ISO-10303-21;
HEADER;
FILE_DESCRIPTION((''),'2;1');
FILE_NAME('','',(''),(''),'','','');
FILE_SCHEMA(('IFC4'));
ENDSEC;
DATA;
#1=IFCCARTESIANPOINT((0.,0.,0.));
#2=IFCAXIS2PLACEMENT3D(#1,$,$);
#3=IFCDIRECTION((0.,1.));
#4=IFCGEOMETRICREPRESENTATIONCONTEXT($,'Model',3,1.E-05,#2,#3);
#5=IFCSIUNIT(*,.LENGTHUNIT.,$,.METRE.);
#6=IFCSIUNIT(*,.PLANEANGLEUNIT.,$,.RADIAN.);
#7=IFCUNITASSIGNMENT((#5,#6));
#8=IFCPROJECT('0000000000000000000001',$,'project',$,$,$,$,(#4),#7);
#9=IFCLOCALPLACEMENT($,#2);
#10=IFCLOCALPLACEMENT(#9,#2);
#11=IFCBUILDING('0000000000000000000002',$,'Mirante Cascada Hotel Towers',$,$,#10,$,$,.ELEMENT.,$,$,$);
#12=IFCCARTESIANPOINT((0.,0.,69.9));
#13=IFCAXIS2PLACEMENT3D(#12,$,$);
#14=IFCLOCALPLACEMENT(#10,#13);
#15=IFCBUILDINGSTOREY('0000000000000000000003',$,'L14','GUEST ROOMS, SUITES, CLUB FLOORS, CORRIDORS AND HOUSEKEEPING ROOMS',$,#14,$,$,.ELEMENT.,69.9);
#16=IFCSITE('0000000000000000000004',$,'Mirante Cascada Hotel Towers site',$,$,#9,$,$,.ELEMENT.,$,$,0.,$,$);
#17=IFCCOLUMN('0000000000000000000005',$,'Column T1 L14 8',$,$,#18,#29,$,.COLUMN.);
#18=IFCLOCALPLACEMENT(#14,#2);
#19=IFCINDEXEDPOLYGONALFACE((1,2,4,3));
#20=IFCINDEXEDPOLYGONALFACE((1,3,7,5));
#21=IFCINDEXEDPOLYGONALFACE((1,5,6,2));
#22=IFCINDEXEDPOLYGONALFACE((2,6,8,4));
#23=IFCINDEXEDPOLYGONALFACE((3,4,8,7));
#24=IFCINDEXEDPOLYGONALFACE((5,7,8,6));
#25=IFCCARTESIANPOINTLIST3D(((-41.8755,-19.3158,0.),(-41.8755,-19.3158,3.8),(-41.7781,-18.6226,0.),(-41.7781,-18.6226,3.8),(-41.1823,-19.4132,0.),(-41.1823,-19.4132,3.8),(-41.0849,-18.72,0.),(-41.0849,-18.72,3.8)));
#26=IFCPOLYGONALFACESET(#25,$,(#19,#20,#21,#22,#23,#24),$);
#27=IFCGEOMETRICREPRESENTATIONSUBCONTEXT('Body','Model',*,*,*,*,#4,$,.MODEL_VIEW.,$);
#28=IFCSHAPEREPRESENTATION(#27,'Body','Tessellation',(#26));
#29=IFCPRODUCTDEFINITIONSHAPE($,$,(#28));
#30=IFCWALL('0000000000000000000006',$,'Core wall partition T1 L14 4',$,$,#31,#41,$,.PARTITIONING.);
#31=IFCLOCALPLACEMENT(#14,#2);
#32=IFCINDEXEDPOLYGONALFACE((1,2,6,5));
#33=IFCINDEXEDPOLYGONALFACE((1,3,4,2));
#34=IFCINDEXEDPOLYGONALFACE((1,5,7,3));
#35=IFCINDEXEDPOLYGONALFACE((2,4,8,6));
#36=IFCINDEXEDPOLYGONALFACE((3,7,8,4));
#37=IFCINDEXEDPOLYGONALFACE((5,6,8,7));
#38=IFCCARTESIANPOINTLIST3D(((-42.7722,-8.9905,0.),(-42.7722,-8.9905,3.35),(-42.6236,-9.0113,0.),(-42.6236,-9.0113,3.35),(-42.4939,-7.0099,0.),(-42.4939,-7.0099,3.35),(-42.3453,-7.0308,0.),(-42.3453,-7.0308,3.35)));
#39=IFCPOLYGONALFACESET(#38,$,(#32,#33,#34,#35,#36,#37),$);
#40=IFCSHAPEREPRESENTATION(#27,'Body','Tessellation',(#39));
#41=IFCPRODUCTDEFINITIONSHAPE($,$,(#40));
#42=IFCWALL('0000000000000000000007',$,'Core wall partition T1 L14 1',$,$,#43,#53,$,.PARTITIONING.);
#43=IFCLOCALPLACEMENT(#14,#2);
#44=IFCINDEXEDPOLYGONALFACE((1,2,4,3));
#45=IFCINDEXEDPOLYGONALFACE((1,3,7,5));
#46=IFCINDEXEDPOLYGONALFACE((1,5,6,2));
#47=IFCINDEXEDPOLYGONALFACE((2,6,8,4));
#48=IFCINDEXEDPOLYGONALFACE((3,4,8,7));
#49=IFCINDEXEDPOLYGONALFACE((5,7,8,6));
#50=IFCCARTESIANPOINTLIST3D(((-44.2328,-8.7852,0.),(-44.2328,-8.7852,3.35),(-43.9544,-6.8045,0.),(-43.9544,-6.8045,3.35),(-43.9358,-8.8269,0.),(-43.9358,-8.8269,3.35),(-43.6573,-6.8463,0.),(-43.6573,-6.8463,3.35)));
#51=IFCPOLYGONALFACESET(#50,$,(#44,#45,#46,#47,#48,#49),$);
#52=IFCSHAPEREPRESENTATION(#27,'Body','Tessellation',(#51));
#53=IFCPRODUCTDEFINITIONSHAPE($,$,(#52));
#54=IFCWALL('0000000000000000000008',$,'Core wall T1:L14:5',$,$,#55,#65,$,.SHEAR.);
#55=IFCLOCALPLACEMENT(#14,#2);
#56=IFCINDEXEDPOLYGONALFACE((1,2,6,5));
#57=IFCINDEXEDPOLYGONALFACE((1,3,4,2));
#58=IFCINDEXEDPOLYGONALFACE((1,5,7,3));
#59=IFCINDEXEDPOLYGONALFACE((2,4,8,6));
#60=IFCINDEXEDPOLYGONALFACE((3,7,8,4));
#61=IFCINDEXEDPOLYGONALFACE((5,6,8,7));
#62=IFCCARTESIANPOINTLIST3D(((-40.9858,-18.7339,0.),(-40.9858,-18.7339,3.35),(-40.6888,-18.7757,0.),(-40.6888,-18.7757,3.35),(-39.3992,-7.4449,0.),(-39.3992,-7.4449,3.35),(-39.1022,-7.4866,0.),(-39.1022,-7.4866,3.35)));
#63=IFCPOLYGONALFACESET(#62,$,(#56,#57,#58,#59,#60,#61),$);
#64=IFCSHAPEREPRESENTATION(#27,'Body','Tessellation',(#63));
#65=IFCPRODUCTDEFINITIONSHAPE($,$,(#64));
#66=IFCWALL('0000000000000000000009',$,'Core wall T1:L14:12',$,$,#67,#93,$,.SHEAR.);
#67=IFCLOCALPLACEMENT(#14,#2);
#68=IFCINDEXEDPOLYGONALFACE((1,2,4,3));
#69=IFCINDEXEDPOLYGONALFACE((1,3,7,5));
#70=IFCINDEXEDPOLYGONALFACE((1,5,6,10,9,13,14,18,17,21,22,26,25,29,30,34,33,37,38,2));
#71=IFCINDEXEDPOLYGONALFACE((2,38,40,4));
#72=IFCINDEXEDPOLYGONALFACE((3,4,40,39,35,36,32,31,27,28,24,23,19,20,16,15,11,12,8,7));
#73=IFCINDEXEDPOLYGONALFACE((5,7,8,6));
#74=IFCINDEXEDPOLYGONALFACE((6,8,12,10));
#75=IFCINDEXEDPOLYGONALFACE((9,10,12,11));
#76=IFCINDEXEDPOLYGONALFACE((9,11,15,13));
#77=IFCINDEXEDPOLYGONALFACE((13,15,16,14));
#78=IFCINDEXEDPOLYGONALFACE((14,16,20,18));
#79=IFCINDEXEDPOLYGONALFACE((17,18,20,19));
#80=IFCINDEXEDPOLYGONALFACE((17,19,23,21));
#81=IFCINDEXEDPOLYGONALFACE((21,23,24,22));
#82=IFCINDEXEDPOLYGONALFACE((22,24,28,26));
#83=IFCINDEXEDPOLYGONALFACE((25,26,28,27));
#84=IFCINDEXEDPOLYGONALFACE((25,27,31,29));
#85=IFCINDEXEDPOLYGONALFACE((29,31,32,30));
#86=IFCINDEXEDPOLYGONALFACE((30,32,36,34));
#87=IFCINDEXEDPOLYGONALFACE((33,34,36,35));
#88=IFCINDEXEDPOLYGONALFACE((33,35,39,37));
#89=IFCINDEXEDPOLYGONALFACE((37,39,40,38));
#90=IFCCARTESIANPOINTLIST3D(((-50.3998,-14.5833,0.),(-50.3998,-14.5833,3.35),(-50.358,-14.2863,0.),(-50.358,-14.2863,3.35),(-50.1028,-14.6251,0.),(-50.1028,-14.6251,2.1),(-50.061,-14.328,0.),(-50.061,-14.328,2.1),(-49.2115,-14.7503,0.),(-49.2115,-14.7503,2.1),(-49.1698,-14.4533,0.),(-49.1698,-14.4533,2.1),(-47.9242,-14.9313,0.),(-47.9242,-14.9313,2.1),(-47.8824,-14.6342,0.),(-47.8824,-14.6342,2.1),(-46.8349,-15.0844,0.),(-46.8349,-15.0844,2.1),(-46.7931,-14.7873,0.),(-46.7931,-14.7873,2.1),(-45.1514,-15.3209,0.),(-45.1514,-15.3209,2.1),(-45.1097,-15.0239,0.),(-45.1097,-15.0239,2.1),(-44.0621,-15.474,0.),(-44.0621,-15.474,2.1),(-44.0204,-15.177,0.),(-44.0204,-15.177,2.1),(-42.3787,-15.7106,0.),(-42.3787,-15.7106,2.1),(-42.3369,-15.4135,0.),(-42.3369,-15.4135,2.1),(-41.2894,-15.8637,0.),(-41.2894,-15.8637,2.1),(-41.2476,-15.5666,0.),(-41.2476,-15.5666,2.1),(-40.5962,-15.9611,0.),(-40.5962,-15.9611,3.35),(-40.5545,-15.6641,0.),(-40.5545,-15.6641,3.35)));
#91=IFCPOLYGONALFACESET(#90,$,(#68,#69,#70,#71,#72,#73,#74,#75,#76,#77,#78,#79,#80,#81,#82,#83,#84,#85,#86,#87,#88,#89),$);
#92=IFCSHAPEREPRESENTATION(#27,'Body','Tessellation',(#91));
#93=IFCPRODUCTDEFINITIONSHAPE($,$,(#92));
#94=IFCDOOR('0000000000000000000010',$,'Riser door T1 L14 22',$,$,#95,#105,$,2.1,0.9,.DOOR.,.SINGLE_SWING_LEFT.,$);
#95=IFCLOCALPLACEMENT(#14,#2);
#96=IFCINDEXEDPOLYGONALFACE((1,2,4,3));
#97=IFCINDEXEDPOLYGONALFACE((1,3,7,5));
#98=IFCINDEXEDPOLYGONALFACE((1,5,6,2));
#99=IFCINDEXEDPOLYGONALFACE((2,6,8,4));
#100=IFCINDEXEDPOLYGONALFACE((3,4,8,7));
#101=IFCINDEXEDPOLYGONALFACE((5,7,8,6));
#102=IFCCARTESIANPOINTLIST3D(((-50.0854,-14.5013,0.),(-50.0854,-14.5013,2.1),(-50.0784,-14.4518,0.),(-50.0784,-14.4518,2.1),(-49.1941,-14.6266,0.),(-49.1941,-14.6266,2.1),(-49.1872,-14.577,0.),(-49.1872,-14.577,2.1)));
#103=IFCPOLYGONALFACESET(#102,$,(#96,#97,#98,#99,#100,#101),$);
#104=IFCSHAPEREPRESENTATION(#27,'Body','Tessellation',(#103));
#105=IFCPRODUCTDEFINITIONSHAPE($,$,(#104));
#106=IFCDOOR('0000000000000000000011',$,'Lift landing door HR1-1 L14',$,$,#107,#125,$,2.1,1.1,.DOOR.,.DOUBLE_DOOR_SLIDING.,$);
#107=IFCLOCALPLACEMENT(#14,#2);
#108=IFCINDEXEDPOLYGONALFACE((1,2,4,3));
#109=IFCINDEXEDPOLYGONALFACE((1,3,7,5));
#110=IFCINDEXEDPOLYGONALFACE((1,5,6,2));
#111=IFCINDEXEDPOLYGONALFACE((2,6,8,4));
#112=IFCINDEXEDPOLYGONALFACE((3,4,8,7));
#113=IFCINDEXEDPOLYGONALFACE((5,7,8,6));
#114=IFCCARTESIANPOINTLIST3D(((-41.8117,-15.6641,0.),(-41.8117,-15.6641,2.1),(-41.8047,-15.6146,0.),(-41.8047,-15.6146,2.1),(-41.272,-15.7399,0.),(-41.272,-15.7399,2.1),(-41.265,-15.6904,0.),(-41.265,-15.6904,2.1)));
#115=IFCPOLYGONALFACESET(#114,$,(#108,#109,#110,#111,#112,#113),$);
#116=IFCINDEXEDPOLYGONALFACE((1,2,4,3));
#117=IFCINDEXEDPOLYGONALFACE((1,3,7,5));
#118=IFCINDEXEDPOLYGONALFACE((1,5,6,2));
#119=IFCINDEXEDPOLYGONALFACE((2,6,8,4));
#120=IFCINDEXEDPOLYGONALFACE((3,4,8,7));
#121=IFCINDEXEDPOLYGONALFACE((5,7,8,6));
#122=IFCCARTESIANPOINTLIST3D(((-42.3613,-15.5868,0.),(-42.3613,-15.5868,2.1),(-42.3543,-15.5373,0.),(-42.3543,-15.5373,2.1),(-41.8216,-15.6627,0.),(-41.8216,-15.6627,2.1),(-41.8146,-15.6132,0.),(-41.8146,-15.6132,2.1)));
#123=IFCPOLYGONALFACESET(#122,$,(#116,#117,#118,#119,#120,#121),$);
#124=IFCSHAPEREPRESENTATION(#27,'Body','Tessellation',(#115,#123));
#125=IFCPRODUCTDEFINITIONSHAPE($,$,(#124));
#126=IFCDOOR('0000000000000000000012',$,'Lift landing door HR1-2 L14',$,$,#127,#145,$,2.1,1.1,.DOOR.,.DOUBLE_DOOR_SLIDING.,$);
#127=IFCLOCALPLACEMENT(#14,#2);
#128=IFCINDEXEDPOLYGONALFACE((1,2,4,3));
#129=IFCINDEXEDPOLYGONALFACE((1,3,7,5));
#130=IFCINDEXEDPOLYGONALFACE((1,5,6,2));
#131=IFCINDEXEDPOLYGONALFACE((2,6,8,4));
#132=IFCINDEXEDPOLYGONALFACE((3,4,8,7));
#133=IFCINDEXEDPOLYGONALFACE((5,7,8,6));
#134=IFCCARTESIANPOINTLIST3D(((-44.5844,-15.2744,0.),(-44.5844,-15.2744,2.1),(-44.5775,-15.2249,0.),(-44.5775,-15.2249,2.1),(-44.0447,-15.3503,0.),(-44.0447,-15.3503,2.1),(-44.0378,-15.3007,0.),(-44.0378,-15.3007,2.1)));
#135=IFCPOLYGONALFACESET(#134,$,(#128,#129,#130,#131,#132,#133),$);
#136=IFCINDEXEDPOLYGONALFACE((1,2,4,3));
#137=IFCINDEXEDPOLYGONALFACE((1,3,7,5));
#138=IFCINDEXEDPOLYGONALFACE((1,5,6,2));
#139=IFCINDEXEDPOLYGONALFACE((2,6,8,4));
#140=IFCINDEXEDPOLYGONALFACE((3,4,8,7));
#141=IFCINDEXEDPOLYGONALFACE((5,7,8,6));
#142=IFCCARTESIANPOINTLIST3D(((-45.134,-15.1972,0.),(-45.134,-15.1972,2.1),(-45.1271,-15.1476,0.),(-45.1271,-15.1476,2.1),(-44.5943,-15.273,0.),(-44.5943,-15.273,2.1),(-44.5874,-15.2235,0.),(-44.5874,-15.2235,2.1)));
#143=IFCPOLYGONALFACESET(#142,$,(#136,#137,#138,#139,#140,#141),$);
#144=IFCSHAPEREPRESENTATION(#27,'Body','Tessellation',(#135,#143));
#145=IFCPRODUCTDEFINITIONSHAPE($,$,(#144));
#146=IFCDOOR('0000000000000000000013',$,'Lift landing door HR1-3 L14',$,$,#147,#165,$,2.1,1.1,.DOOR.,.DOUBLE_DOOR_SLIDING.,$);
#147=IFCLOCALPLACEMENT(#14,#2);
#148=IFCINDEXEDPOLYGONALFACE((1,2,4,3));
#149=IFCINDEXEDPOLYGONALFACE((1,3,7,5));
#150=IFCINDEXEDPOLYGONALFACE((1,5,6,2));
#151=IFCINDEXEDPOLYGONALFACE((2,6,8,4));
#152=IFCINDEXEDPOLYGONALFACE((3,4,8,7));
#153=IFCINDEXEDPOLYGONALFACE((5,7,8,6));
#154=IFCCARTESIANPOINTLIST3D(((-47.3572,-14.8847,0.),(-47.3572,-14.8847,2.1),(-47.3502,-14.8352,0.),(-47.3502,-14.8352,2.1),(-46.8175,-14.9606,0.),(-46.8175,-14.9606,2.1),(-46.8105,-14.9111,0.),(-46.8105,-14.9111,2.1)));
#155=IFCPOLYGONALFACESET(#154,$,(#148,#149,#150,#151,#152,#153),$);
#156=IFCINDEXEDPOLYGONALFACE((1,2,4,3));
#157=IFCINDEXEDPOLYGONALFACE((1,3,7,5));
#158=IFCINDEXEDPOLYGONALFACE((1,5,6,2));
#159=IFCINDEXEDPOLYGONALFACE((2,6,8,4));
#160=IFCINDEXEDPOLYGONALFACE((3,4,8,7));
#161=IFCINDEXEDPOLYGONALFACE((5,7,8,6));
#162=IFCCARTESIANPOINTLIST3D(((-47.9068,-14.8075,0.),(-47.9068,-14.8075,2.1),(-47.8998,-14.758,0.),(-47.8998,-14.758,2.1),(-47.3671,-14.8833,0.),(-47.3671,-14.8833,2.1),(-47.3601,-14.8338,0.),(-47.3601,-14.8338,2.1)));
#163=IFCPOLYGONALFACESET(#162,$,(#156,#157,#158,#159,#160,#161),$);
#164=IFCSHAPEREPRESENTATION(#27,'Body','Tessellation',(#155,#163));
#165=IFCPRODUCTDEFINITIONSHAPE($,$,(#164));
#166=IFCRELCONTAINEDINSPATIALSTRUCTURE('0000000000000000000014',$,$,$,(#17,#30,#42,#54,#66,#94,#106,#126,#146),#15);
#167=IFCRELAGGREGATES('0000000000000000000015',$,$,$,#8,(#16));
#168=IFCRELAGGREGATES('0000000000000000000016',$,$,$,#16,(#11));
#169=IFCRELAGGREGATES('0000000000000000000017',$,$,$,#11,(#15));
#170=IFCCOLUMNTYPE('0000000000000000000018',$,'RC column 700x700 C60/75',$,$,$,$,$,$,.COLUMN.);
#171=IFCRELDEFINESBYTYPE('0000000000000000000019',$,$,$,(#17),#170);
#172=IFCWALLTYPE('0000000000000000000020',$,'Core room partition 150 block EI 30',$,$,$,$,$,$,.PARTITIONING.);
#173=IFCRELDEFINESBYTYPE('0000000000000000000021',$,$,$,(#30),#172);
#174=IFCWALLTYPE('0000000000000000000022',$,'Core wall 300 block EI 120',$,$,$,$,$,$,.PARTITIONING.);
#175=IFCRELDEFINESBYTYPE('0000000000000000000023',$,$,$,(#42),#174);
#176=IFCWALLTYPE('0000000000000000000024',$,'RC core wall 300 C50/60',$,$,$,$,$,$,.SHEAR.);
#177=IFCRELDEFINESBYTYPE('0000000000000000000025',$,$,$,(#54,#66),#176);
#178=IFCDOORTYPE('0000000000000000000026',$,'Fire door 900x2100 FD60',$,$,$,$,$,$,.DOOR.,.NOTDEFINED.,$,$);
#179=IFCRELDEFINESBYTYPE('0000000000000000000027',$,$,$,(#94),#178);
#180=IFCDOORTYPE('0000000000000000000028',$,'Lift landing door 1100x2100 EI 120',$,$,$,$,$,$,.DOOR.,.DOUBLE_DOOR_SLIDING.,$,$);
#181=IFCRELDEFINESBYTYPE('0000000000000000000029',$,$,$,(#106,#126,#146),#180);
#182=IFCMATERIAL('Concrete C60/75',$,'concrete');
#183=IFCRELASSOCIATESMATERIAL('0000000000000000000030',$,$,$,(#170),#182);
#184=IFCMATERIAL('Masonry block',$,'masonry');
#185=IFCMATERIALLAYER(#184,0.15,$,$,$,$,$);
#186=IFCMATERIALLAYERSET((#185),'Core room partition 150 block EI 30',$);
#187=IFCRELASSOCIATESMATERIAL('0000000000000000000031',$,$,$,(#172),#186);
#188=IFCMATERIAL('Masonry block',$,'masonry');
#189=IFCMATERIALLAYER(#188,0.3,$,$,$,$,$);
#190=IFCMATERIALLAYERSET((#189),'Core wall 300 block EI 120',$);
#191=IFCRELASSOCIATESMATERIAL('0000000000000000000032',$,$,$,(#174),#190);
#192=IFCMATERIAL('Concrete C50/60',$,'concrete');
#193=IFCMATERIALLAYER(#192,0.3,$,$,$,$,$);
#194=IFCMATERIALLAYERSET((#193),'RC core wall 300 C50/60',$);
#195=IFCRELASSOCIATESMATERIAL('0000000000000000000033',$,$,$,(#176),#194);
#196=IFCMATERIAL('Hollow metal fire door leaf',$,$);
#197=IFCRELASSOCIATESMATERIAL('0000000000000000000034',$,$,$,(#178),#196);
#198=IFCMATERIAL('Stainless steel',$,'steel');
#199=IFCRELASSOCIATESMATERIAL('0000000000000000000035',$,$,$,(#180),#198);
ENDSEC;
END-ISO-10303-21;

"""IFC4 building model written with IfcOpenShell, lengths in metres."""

from ifc_helpers import new_model, si_unit, direction, frame, frame_2d, origin, origin_2d, place, context, subcontext, project, spatial, rectangle, extrude, material, layer, layer_set, material_profile, profile_set, type_object, element, fill, save


model = new_model("IFC4")

# Units and contexts
model_context = context("Model", 3, precision=1e-05, world=origin(), true_north=direction((0.0, 1.0)))
body_context = subcontext(model_context, "Body", "Model", "MODEL_VIEW")
ifc_project = project(units=[si_unit("LENGTHUNIT", "METRE"), si_unit("PLANEANGLEUNIT", "RADIAN")], contexts=[model_context])

# Site, building, storey
site_placement = place(None, origin())
site = spatial("IfcSite", under=ifc_project, at=site_placement, Name="Mirante Cascada Hotel Towers site", CompositionType="ELEMENT", RefElevation=0.0)
building_placement = place(site_placement, origin())
building = spatial("IfcBuilding", under=site, at=building_placement, Name="Mirante Cascada Hotel Towers", CompositionType="ELEMENT")
storey_placement = place(building_placement, frame((0.0, 0.0, 69.9)))
storey = spatial("IfcBuildingStorey", under=building, at=storey_placement, Name="L14", Description="GUEST ROOMS, SUITES, CLUB FLOORS, CORRIDORS AND HOUSEKEEPING ROOMS", CompositionType="ELEMENT", Elevation=69.9)

# Column
ifc_material_1 = material(Name="Concrete C60/75", Category="concrete")
ifc_material_profile = material_profile(ifc_material_1, rectangle(XDim=0.7, YDim=0.7, at=origin_2d()), Name="RC column 700x700 C60/75")
ifc_profile_set = profile_set([ifc_material_profile], Name="Concrete C60/75")
column_type = type_object("IfcColumnType", Name="RC column 700x700 C60/75", PredefinedType="COLUMN", material=ifc_profile_set)
column_placement = place(storey_placement, frame((-41.4802, -19.0179, 0.0), z_axis=(0.0, 0.0, 1.0), x_axis=(-0.990268, 0.139173, 0.0)))
element("IfcColumn", 1, at=column_placement, inside=storey, type_object=column_type, Name="Column T1 L14 8", PredefinedType="COLUMN", context=body_context, shape_type="SweptSolid", body=[
    extrude(rectangle(XDim=0.7, YDim=0.7, at=origin_2d()), origin(), (0.0, 0.0, 1.0), 3.8),
])

# Walls
ifc_material_2 = material(Name="Masonry block", Category="masonry")
ifc_layer_1 = layer(ifc_material_2, 0.15)
ifc_layer_set_1 = layer_set([ifc_layer_1], Name="Core room partition 150 block EI 30")
wall_type_1 = type_object("IfcWallType", Name="Core room partition 150 block EI 30", PredefinedType="PARTITIONING", material=ifc_layer_set_1)
wall_1_placement = place(storey_placement, frame((-42.6979, -9.0009, 0.0), z_axis=(0.0, 0.0, 1.0), x_axis=(0.139153, 0.990271, 0.0)))
element("IfcWall", 2, at=wall_1_placement, inside=storey, type_object=wall_type_1, Name="Core wall partition T1 L14 4", PredefinedType="PARTITIONING", context=body_context, shape_type="SweptSolid", body=[
    extrude(rectangle(XDim=2.0, YDim=0.15, at=frame_2d((1.0, 0.0))), origin(), (0.0, 0.0, 1.0), 3.35),
])
ifc_material_3 = material(Name="Masonry block", Category="masonry")
ifc_layer_2 = layer(ifc_material_3, 0.3)
ifc_layer_set_2 = layer_set([ifc_layer_2], Name="Core wall 300 block EI 120")
wall_type_2 = type_object("IfcWallType", Name="Core wall 300 block EI 120", PredefinedType="PARTITIONING", material=ifc_layer_set_2)
wall_2_placement = place(storey_placement, frame((-44.0843, -8.8061, 0.0), z_axis=(0.0, 0.0, 1.0), x_axis=(0.139195, 0.990265, 0.0)))
element("IfcWall", 3, at=wall_2_placement, inside=storey, type_object=wall_type_2, Name="Core wall partition T1 L14 1", PredefinedType="PARTITIONING", context=body_context, shape_type="SweptSolid", body=[
    extrude(rectangle(XDim=2.0001, YDim=0.3, at=frame_2d((1.0001, 0.0))), origin(), (0.0, 0.0, 1.0), 3.35),
])
ifc_material_4 = material(Name="Concrete C50/60", Category="concrete")
ifc_layer_3 = layer(ifc_material_4, 0.3)
ifc_layer_set_3 = layer_set([ifc_layer_3], Name="RC core wall 300 C50/60")
wall_type_3 = type_object("IfcWallType", Name="RC core wall 300 C50/60", PredefinedType="SHEAR", material=ifc_layer_set_3)
wall_3_placement = place(storey_placement, frame((-40.8373, -18.7548, 0.0), z_axis=(0.0, 0.0, 1.0), x_axis=(0.139175, 0.990268, 0.0)))
element("IfcWall", 4, at=wall_3_placement, inside=storey, type_object=wall_type_3, Name="Core wall T1:L14:5", PredefinedType="SHEAR", context=body_context, shape_type="SweptSolid", body=[
    extrude(rectangle(XDim=11.4, YDim=0.3, at=frame_2d((5.7, 0.0))), origin(), (0.0, 0.0, 1.0), 3.35),
])

# Wall, openings, doors
wall_4_placement = place(storey_placement, frame((-40.5753, -15.8126, 0.0), z_axis=(0.0, 0.0, 1.0), x_axis=(-0.990268, 0.139173, 0.0)))
wall_4 = element("IfcWall", 5, at=wall_4_placement, inside=storey, type_object=wall_type_3, Name="Core wall T1:L14:12", PredefinedType="SHEAR", context=body_context, shape_type="SweptSolid", body=[
    extrude(rectangle(XDim=9.8999, YDim=0.3, at=frame_2d((4.95, 0.0))), origin(), (0.0, 0.0, 1.0), 3.35),
])
opening_1_placement = place(wall_4_placement, frame((0.7, 0.0, 0.0)))
opening_1 = element("IfcOpeningElement", 6, at=opening_1_placement, cuts=wall_4, PredefinedType="OPENING", context=body_context, shape_type="SweptSolid", body=[
    extrude(rectangle(XDim=1.1, YDim=2.1, at=frame_2d((0.55, 1.05))), frame((0.0, 0.15, 0.0), z_axis=(0.0, -1.0, 0.0), x_axis=(1.0, 0.0, 0.0)), (0.0, 0.0, 1.0), 0.3),
])
opening_2_placement = place(wall_4_placement, frame((3.5, 0.0, 0.0)))
opening_2 = element("IfcOpeningElement", 7, at=opening_2_placement, cuts=wall_4, PredefinedType="OPENING", context=body_context, shape_type="SweptSolid", body=[
    extrude(rectangle(XDim=1.1, YDim=2.1, at=frame_2d((0.55, 1.05))), frame((0.0, 0.15, 0.0), z_axis=(0.0, -1.0, 0.0), x_axis=(1.0, 0.0, 0.0)), (0.0, 0.0, 1.0), 0.3),
])
opening_3_placement = place(wall_4_placement, frame((6.3, 0.0, 0.0)))
opening_3 = element("IfcOpeningElement", 8, at=opening_3_placement, cuts=wall_4, PredefinedType="OPENING", context=body_context, shape_type="SweptSolid", body=[
    extrude(rectangle(XDim=1.1, YDim=2.1, at=frame_2d((0.55, 1.05))), frame((0.0, 0.15, 0.0), z_axis=(0.0, -1.0, 0.0), x_axis=(1.0, 0.0, 0.0)), (0.0, 0.0, 1.0), 0.3),
])
opening_4_placement = place(wall_4_placement, frame((8.7, 0.0, 0.0)))
opening_4 = element("IfcOpeningElement", 9, at=opening_4_placement, cuts=wall_4, PredefinedType="OPENING", context=body_context, shape_type="SweptSolid", body=[
    extrude(rectangle(XDim=0.9, YDim=2.1, at=frame_2d((0.45, 1.05))), frame((0.0, 0.15, 0.0), z_axis=(0.0, -1.0, 0.0), x_axis=(1.0, 0.0, 0.0)), (0.0, 0.0, 1.0), 0.3),
])
ifc_material_5 = material(Name="Hollow metal fire door leaf")
door_type_1 = type_object("IfcDoorType", Name="Fire door 900x2100 FD60", OperationType="NOTDEFINED", PredefinedType="DOOR", material=ifc_material_5)
door_1_placement = place(opening_4_placement, origin())
door_1 = element("IfcDoor", 10, at=door_1_placement, inside=storey, type_object=door_type_1, Name="Riser door T1 L14 22", OperationType="SINGLE_SWING_LEFT", OverallHeight=2.1, OverallWidth=0.9, PredefinedType="DOOR", context=body_context, shape_type="SweptSolid", body=[
    extrude(rectangle(XDim=0.9, YDim=2.1, at=frame_2d((0.45, 1.05))), frame((0.0, 0.025, 0.0), z_axis=(0.0, -1.0, 0.0), x_axis=(1.0, 0.0, 0.0)), (0.0, 0.0, 1.0), 0.05),
])
fill(opening_4, door_1)
ifc_material_6 = material(Name="Stainless steel", Category="steel")
door_type_2 = type_object("IfcDoorType", Name="Lift landing door 1100x2100 EI 120", OperationType="DOUBLE_DOOR_SLIDING", PredefinedType="DOOR", material=ifc_material_6)
door_2_placement = place(opening_1_placement, origin())
door_2 = element("IfcDoor", 11, at=door_2_placement, inside=storey, type_object=door_type_2, Name="Lift landing door HR1-1 L14", OperationType="DOUBLE_DOOR_SLIDING", OverallHeight=2.1, OverallWidth=1.1, PredefinedType="DOOR", context=body_context, shape_type="SweptSolid", body=[
    extrude(rectangle(XDim=0.545, YDim=2.1, at=frame_2d((0.2725, 1.05))), frame((0.0, 0.025, 0.0), z_axis=(0.0, -1.0, 0.0), x_axis=(1.0, 0.0, 0.0)), (0.0, 0.0, 1.0), 0.05),
    extrude(rectangle(XDim=0.545, YDim=2.1, at=frame_2d((0.8275, 1.05))), frame((0.0, 0.025, 0.0), z_axis=(0.0, -1.0, 0.0), x_axis=(1.0, 0.0, 0.0)), (0.0, 0.0, 1.0), 0.05),
])
fill(opening_1, door_2)
door_3_placement = place(opening_2_placement, origin())
door_3 = element("IfcDoor", 12, at=door_3_placement, inside=storey, type_object=door_type_2, Name="Lift landing door HR1-2 L14", OperationType="DOUBLE_DOOR_SLIDING", OverallHeight=2.1, OverallWidth=1.1, PredefinedType="DOOR", context=body_context, shape_type="SweptSolid", body=[
    extrude(rectangle(XDim=0.545, YDim=2.1, at=frame_2d((0.2725, 1.05))), frame((0.0, 0.025, 0.0), z_axis=(0.0, -1.0, 0.0), x_axis=(1.0, 0.0, 0.0)), (0.0, 0.0, 1.0), 0.05),
    extrude(rectangle(XDim=0.545, YDim=2.1, at=frame_2d((0.8275, 1.05))), frame((0.0, 0.025, 0.0), z_axis=(0.0, -1.0, 0.0), x_axis=(1.0, 0.0, 0.0)), (0.0, 0.0, 1.0), 0.05),
])
fill(opening_2, door_3)
door_4_placement = place(opening_3_placement, origin())
door_4 = element("IfcDoor", 13, at=door_4_placement, inside=storey, type_object=door_type_2, Name="Lift landing door HR1-3 L14", OperationType="DOUBLE_DOOR_SLIDING", OverallHeight=2.1, OverallWidth=1.1, PredefinedType="DOOR", context=body_context, shape_type="SweptSolid", body=[
    extrude(rectangle(XDim=0.545, YDim=2.1, at=frame_2d((0.2725, 1.05))), frame((0.0, 0.025, 0.0), z_axis=(0.0, -1.0, 0.0), x_axis=(1.0, 0.0, 0.0)), (0.0, 0.0, 1.0), 0.05),
    extrude(rectangle(XDim=0.545, YDim=2.1, at=frame_2d((0.8275, 1.05))), frame((0.0, 0.025, 0.0), z_axis=(0.0, -1.0, 0.0), x_axis=(1.0, 0.0, 0.0)), (0.0, 0.0, 1.0), 0.05),
])
fill(opening_3, door_4)

save(model, "model.ifc")
